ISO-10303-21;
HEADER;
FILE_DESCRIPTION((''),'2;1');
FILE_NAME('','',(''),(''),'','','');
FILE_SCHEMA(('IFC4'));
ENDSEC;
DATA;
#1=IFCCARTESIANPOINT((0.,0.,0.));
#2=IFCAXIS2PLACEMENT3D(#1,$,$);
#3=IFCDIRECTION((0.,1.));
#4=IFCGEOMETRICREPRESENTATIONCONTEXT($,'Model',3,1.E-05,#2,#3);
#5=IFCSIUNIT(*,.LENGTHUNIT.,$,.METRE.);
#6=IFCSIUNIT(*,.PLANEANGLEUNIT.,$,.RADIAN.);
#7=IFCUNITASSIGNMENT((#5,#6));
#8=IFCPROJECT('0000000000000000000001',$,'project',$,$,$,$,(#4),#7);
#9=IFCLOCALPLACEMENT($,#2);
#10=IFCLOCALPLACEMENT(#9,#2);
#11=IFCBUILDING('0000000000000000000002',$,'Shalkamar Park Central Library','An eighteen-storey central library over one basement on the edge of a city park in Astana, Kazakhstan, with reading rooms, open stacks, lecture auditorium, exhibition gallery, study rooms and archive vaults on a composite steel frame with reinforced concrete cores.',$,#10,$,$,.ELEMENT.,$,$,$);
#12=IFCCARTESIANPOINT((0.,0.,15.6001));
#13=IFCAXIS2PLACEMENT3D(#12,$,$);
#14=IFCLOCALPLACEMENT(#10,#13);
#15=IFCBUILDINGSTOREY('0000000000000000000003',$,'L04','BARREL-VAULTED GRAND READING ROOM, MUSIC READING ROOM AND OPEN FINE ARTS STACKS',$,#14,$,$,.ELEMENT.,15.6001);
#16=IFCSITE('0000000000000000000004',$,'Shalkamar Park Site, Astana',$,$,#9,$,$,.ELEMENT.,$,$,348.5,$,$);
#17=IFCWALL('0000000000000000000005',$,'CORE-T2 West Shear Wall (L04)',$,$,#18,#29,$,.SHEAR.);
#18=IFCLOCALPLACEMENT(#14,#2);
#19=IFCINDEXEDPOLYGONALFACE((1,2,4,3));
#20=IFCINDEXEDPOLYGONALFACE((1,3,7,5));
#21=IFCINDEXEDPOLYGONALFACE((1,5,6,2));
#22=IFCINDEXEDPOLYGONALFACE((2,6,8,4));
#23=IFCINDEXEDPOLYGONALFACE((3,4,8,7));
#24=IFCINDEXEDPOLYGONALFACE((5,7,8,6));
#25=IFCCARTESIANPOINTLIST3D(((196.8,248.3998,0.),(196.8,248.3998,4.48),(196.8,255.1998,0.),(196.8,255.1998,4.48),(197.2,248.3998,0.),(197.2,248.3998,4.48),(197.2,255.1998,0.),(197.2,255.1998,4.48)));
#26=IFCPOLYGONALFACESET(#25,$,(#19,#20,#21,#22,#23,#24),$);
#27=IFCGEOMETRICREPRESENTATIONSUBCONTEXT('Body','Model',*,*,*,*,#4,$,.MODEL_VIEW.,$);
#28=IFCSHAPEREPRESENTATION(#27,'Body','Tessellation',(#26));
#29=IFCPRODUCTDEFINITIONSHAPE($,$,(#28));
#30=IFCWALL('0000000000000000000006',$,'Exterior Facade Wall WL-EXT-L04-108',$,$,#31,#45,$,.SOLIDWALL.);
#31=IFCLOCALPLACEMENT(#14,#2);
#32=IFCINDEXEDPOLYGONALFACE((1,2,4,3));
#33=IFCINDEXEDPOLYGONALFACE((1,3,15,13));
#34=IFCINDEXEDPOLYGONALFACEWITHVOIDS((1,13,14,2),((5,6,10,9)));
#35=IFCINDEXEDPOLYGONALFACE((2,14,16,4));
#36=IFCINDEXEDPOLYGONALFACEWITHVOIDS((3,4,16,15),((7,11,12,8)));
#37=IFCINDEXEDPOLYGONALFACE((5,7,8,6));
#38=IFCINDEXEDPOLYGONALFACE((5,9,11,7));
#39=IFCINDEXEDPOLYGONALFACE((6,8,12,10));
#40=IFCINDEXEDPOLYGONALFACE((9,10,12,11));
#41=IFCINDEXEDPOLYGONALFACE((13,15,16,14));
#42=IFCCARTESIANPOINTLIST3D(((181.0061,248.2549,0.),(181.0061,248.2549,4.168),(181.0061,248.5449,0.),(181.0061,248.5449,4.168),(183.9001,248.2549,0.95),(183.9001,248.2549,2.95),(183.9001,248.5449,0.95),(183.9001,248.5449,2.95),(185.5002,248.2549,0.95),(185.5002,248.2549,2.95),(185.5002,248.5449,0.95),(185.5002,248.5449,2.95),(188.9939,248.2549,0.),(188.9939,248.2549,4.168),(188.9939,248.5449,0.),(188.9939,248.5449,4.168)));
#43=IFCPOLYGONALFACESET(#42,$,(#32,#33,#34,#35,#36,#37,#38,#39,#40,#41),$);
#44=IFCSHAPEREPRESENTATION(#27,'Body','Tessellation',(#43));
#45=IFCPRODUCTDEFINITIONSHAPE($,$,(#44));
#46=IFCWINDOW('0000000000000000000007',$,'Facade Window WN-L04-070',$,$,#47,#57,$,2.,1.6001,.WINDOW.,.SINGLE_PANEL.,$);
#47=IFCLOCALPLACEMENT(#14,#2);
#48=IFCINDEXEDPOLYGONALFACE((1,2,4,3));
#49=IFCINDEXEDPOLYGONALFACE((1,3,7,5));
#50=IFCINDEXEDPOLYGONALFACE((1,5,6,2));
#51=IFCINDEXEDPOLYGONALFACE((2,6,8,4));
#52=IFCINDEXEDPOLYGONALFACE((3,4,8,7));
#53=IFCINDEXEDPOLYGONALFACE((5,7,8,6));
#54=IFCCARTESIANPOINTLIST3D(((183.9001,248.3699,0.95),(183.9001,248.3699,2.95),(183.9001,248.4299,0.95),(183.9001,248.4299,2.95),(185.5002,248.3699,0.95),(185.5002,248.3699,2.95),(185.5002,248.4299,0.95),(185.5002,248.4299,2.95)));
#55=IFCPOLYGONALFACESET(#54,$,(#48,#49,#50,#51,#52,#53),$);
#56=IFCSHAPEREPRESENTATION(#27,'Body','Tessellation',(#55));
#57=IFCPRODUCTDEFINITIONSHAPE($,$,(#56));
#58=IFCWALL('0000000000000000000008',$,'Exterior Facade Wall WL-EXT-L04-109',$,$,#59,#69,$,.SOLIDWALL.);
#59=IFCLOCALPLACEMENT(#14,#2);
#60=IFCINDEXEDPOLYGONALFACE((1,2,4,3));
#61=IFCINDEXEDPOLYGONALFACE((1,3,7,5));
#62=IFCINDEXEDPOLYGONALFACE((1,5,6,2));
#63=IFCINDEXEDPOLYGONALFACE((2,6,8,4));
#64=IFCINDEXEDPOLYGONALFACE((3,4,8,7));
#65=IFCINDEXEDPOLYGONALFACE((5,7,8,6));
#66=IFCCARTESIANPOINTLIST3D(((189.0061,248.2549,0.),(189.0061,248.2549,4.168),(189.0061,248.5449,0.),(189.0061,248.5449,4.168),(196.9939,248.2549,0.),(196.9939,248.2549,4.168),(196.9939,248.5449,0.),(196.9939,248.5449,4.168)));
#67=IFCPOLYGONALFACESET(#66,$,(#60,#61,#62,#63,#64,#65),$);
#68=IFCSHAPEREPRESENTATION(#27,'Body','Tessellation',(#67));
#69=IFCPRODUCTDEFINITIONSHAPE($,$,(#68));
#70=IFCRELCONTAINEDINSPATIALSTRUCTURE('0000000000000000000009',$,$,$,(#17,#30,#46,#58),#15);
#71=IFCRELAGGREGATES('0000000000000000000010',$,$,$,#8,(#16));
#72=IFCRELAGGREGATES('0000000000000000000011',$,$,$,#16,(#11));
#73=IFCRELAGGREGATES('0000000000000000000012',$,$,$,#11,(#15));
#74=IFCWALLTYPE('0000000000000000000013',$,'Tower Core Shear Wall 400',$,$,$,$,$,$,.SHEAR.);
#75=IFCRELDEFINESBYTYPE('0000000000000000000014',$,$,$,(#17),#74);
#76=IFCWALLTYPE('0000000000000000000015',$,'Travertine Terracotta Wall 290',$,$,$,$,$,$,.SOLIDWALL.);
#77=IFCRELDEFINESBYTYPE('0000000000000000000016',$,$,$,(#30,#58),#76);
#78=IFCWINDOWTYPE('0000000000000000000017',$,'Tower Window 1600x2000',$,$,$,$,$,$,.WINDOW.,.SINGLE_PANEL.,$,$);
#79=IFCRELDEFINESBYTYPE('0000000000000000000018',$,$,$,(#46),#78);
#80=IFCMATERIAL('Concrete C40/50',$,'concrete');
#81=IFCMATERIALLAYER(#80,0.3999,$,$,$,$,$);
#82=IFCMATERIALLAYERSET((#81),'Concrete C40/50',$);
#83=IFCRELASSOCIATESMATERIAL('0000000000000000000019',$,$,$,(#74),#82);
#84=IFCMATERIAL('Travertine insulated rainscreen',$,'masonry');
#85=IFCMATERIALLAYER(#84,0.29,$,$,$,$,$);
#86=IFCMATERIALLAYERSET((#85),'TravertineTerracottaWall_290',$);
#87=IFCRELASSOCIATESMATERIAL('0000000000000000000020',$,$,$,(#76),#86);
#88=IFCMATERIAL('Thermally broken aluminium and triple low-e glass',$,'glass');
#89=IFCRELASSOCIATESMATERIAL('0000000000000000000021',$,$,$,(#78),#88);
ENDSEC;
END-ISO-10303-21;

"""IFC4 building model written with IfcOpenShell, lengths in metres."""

from ifc_helpers import new_model, si_unit, direction, frame, frame_2d, origin, place, context, subcontext, project, spatial, rectangle, extrude, material, layer, layer_set, type_object, element, fill, save


model = new_model("IFC4")

# Units and contexts
model_context = context("Model", 3, precision=1e-05, world=origin(), true_north=direction((0.0, 1.0)))
body_context = subcontext(model_context, "Body", "Model", "MODEL_VIEW")
ifc_project = project(units=[si_unit("LENGTHUNIT", "METRE"), si_unit("PLANEANGLEUNIT", "RADIAN")], contexts=[model_context])

# Site, building, storey
site_placement = place(None, origin())
site = spatial("IfcSite", under=ifc_project, at=site_placement, Name="Shalkamar Park Site, Astana", CompositionType="ELEMENT", RefElevation=348.5)
building_placement = place(site_placement, origin())
building = spatial("IfcBuilding", under=site, at=building_placement, Name="Shalkamar Park Central Library", Description="An eighteen-storey central library over one basement on the edge of a city park in Astana, Kazakhstan, with reading rooms, open stacks, lecture auditorium, exhibition gallery, study rooms and archive vaults on a composite steel frame with reinforced concrete cores.", CompositionType="ELEMENT")
storey_placement = place(building_placement, frame((0.0, 0.0, 15.6001)))
storey = spatial("IfcBuildingStorey", under=building, at=storey_placement, Name="L04", Description="BARREL-VAULTED GRAND READING ROOM, MUSIC READING ROOM AND OPEN FINE ARTS STACKS", CompositionType="ELEMENT", Elevation=15.6001)

# Wall
ifc_material_1 = material(Name="Concrete C40/50", Category="concrete")
ifc_layer_1 = layer(ifc_material_1, 0.3999)
ifc_layer_set_1 = layer_set([ifc_layer_1], Name="Concrete C40/50")
wall_type_1 = type_object("IfcWallType", Name="Tower Core Shear Wall 400", PredefinedType="SHEAR", material=ifc_layer_set_1)
wall_1_placement = place(storey_placement, frame((197.0, 248.3999, 0.0), z_axis=(0.0, 0.0, 1.0), x_axis=(0.0, 1.0, 0.0)))
element("IfcWall", 1, at=wall_1_placement, inside=storey, type_object=wall_type_1, Name="CORE-T2 West Shear Wall (L04)", PredefinedType="SHEAR", context=body_context, shape_type="SweptSolid", body=[
    extrude(rectangle(XDim=6.8, YDim=0.3999, at=frame_2d((3.3999, 0.0))), origin(), (0.0, 0.0, 1.0), 4.48),
])

# Wall, opening, window
ifc_material_2 = material(Name="Travertine insulated rainscreen", Category="masonry")
ifc_layer_2 = layer(ifc_material_2, 0.29)
ifc_layer_set_2 = layer_set([ifc_layer_2], Name="TravertineTerracottaWall_290")
wall_type_2 = type_object("IfcWallType", Name="Travertine Terracotta Wall 290", PredefinedType="SOLIDWALL", material=ifc_layer_set_2)
wall_2_placement = place(storey_placement, frame((181.0061, 248.3999, 0.0), z_axis=(0.0, 0.0, 1.0), x_axis=(1.0, 0.0, 0.0)))
wall_2 = element("IfcWall", 2, at=wall_2_placement, inside=storey, type_object=wall_type_2, Name="Exterior Facade Wall WL-EXT-L04-108", PredefinedType="SOLIDWALL", context=body_context, shape_type="SweptSolid", body=[
    extrude(rectangle(XDim=7.9878, YDim=0.29, at=frame_2d((3.9939, 0.0))), origin(), (0.0, 0.0, 1.0), 4.168),
])
opening_placement = place(wall_2_placement, frame((2.894, 0.0, 0.95)))
opening = element("IfcOpeningElement", 3, at=opening_placement, cuts=wall_2, PredefinedType="OPENING", context=body_context, shape_type="SweptSolid", body=[
    extrude(rectangle(XDim=1.6001, YDim=2.0, at=frame_2d((0.8, 1.0))), frame((0.0, 0.1599, 0.0), z_axis=(0.0, -1.0, 0.0), x_axis=(1.0, 0.0, 0.0)), (0.0, 0.0, 1.0), 0.3198),
])
ifc_material_3 = material(Name="Thermally broken aluminium and triple low-e glass", Category="glass")
window_type = type_object("IfcWindowType", Name="Tower Window 1600x2000", PartitioningType="SINGLE_PANEL", PredefinedType="WINDOW", material=ifc_material_3)
window_placement = place(opening_placement, origin())
window = element("IfcWindow", 4, at=window_placement, inside=storey, type_object=window_type, Name="Facade Window WN-L04-070", OverallHeight=2.0, OverallWidth=1.6001, PartitioningType="SINGLE_PANEL", PredefinedType="WINDOW", context=body_context, shape_type="SweptSolid", body=[
    extrude(rectangle(XDim=1.6001, YDim=2.0, at=frame_2d((0.8, 1.0))), frame((0.0, 0.03, 0.0), z_axis=(0.0, -1.0, 0.0), x_axis=(1.0, 0.0, 0.0)), (0.0, 0.0, 1.0), 0.0601),
])
fill(opening, window)

# Wall
wall_3_placement = place(storey_placement, frame((189.0061, 248.3999, 0.0), z_axis=(0.0, 0.0, 1.0), x_axis=(1.0, 0.0, 0.0)))
element("IfcWall", 5, at=wall_3_placement, inside=storey, type_object=wall_type_2, Name="Exterior Facade Wall WL-EXT-L04-109", PredefinedType="SOLIDWALL", context=body_context, shape_type="SweptSolid", body=[
    extrude(rectangle(XDim=7.9878, YDim=0.29, at=frame_2d((3.9939, 0.0))), origin(), (0.0, 0.0, 1.0), 4.168),
])

save(model, "model.ifc")
